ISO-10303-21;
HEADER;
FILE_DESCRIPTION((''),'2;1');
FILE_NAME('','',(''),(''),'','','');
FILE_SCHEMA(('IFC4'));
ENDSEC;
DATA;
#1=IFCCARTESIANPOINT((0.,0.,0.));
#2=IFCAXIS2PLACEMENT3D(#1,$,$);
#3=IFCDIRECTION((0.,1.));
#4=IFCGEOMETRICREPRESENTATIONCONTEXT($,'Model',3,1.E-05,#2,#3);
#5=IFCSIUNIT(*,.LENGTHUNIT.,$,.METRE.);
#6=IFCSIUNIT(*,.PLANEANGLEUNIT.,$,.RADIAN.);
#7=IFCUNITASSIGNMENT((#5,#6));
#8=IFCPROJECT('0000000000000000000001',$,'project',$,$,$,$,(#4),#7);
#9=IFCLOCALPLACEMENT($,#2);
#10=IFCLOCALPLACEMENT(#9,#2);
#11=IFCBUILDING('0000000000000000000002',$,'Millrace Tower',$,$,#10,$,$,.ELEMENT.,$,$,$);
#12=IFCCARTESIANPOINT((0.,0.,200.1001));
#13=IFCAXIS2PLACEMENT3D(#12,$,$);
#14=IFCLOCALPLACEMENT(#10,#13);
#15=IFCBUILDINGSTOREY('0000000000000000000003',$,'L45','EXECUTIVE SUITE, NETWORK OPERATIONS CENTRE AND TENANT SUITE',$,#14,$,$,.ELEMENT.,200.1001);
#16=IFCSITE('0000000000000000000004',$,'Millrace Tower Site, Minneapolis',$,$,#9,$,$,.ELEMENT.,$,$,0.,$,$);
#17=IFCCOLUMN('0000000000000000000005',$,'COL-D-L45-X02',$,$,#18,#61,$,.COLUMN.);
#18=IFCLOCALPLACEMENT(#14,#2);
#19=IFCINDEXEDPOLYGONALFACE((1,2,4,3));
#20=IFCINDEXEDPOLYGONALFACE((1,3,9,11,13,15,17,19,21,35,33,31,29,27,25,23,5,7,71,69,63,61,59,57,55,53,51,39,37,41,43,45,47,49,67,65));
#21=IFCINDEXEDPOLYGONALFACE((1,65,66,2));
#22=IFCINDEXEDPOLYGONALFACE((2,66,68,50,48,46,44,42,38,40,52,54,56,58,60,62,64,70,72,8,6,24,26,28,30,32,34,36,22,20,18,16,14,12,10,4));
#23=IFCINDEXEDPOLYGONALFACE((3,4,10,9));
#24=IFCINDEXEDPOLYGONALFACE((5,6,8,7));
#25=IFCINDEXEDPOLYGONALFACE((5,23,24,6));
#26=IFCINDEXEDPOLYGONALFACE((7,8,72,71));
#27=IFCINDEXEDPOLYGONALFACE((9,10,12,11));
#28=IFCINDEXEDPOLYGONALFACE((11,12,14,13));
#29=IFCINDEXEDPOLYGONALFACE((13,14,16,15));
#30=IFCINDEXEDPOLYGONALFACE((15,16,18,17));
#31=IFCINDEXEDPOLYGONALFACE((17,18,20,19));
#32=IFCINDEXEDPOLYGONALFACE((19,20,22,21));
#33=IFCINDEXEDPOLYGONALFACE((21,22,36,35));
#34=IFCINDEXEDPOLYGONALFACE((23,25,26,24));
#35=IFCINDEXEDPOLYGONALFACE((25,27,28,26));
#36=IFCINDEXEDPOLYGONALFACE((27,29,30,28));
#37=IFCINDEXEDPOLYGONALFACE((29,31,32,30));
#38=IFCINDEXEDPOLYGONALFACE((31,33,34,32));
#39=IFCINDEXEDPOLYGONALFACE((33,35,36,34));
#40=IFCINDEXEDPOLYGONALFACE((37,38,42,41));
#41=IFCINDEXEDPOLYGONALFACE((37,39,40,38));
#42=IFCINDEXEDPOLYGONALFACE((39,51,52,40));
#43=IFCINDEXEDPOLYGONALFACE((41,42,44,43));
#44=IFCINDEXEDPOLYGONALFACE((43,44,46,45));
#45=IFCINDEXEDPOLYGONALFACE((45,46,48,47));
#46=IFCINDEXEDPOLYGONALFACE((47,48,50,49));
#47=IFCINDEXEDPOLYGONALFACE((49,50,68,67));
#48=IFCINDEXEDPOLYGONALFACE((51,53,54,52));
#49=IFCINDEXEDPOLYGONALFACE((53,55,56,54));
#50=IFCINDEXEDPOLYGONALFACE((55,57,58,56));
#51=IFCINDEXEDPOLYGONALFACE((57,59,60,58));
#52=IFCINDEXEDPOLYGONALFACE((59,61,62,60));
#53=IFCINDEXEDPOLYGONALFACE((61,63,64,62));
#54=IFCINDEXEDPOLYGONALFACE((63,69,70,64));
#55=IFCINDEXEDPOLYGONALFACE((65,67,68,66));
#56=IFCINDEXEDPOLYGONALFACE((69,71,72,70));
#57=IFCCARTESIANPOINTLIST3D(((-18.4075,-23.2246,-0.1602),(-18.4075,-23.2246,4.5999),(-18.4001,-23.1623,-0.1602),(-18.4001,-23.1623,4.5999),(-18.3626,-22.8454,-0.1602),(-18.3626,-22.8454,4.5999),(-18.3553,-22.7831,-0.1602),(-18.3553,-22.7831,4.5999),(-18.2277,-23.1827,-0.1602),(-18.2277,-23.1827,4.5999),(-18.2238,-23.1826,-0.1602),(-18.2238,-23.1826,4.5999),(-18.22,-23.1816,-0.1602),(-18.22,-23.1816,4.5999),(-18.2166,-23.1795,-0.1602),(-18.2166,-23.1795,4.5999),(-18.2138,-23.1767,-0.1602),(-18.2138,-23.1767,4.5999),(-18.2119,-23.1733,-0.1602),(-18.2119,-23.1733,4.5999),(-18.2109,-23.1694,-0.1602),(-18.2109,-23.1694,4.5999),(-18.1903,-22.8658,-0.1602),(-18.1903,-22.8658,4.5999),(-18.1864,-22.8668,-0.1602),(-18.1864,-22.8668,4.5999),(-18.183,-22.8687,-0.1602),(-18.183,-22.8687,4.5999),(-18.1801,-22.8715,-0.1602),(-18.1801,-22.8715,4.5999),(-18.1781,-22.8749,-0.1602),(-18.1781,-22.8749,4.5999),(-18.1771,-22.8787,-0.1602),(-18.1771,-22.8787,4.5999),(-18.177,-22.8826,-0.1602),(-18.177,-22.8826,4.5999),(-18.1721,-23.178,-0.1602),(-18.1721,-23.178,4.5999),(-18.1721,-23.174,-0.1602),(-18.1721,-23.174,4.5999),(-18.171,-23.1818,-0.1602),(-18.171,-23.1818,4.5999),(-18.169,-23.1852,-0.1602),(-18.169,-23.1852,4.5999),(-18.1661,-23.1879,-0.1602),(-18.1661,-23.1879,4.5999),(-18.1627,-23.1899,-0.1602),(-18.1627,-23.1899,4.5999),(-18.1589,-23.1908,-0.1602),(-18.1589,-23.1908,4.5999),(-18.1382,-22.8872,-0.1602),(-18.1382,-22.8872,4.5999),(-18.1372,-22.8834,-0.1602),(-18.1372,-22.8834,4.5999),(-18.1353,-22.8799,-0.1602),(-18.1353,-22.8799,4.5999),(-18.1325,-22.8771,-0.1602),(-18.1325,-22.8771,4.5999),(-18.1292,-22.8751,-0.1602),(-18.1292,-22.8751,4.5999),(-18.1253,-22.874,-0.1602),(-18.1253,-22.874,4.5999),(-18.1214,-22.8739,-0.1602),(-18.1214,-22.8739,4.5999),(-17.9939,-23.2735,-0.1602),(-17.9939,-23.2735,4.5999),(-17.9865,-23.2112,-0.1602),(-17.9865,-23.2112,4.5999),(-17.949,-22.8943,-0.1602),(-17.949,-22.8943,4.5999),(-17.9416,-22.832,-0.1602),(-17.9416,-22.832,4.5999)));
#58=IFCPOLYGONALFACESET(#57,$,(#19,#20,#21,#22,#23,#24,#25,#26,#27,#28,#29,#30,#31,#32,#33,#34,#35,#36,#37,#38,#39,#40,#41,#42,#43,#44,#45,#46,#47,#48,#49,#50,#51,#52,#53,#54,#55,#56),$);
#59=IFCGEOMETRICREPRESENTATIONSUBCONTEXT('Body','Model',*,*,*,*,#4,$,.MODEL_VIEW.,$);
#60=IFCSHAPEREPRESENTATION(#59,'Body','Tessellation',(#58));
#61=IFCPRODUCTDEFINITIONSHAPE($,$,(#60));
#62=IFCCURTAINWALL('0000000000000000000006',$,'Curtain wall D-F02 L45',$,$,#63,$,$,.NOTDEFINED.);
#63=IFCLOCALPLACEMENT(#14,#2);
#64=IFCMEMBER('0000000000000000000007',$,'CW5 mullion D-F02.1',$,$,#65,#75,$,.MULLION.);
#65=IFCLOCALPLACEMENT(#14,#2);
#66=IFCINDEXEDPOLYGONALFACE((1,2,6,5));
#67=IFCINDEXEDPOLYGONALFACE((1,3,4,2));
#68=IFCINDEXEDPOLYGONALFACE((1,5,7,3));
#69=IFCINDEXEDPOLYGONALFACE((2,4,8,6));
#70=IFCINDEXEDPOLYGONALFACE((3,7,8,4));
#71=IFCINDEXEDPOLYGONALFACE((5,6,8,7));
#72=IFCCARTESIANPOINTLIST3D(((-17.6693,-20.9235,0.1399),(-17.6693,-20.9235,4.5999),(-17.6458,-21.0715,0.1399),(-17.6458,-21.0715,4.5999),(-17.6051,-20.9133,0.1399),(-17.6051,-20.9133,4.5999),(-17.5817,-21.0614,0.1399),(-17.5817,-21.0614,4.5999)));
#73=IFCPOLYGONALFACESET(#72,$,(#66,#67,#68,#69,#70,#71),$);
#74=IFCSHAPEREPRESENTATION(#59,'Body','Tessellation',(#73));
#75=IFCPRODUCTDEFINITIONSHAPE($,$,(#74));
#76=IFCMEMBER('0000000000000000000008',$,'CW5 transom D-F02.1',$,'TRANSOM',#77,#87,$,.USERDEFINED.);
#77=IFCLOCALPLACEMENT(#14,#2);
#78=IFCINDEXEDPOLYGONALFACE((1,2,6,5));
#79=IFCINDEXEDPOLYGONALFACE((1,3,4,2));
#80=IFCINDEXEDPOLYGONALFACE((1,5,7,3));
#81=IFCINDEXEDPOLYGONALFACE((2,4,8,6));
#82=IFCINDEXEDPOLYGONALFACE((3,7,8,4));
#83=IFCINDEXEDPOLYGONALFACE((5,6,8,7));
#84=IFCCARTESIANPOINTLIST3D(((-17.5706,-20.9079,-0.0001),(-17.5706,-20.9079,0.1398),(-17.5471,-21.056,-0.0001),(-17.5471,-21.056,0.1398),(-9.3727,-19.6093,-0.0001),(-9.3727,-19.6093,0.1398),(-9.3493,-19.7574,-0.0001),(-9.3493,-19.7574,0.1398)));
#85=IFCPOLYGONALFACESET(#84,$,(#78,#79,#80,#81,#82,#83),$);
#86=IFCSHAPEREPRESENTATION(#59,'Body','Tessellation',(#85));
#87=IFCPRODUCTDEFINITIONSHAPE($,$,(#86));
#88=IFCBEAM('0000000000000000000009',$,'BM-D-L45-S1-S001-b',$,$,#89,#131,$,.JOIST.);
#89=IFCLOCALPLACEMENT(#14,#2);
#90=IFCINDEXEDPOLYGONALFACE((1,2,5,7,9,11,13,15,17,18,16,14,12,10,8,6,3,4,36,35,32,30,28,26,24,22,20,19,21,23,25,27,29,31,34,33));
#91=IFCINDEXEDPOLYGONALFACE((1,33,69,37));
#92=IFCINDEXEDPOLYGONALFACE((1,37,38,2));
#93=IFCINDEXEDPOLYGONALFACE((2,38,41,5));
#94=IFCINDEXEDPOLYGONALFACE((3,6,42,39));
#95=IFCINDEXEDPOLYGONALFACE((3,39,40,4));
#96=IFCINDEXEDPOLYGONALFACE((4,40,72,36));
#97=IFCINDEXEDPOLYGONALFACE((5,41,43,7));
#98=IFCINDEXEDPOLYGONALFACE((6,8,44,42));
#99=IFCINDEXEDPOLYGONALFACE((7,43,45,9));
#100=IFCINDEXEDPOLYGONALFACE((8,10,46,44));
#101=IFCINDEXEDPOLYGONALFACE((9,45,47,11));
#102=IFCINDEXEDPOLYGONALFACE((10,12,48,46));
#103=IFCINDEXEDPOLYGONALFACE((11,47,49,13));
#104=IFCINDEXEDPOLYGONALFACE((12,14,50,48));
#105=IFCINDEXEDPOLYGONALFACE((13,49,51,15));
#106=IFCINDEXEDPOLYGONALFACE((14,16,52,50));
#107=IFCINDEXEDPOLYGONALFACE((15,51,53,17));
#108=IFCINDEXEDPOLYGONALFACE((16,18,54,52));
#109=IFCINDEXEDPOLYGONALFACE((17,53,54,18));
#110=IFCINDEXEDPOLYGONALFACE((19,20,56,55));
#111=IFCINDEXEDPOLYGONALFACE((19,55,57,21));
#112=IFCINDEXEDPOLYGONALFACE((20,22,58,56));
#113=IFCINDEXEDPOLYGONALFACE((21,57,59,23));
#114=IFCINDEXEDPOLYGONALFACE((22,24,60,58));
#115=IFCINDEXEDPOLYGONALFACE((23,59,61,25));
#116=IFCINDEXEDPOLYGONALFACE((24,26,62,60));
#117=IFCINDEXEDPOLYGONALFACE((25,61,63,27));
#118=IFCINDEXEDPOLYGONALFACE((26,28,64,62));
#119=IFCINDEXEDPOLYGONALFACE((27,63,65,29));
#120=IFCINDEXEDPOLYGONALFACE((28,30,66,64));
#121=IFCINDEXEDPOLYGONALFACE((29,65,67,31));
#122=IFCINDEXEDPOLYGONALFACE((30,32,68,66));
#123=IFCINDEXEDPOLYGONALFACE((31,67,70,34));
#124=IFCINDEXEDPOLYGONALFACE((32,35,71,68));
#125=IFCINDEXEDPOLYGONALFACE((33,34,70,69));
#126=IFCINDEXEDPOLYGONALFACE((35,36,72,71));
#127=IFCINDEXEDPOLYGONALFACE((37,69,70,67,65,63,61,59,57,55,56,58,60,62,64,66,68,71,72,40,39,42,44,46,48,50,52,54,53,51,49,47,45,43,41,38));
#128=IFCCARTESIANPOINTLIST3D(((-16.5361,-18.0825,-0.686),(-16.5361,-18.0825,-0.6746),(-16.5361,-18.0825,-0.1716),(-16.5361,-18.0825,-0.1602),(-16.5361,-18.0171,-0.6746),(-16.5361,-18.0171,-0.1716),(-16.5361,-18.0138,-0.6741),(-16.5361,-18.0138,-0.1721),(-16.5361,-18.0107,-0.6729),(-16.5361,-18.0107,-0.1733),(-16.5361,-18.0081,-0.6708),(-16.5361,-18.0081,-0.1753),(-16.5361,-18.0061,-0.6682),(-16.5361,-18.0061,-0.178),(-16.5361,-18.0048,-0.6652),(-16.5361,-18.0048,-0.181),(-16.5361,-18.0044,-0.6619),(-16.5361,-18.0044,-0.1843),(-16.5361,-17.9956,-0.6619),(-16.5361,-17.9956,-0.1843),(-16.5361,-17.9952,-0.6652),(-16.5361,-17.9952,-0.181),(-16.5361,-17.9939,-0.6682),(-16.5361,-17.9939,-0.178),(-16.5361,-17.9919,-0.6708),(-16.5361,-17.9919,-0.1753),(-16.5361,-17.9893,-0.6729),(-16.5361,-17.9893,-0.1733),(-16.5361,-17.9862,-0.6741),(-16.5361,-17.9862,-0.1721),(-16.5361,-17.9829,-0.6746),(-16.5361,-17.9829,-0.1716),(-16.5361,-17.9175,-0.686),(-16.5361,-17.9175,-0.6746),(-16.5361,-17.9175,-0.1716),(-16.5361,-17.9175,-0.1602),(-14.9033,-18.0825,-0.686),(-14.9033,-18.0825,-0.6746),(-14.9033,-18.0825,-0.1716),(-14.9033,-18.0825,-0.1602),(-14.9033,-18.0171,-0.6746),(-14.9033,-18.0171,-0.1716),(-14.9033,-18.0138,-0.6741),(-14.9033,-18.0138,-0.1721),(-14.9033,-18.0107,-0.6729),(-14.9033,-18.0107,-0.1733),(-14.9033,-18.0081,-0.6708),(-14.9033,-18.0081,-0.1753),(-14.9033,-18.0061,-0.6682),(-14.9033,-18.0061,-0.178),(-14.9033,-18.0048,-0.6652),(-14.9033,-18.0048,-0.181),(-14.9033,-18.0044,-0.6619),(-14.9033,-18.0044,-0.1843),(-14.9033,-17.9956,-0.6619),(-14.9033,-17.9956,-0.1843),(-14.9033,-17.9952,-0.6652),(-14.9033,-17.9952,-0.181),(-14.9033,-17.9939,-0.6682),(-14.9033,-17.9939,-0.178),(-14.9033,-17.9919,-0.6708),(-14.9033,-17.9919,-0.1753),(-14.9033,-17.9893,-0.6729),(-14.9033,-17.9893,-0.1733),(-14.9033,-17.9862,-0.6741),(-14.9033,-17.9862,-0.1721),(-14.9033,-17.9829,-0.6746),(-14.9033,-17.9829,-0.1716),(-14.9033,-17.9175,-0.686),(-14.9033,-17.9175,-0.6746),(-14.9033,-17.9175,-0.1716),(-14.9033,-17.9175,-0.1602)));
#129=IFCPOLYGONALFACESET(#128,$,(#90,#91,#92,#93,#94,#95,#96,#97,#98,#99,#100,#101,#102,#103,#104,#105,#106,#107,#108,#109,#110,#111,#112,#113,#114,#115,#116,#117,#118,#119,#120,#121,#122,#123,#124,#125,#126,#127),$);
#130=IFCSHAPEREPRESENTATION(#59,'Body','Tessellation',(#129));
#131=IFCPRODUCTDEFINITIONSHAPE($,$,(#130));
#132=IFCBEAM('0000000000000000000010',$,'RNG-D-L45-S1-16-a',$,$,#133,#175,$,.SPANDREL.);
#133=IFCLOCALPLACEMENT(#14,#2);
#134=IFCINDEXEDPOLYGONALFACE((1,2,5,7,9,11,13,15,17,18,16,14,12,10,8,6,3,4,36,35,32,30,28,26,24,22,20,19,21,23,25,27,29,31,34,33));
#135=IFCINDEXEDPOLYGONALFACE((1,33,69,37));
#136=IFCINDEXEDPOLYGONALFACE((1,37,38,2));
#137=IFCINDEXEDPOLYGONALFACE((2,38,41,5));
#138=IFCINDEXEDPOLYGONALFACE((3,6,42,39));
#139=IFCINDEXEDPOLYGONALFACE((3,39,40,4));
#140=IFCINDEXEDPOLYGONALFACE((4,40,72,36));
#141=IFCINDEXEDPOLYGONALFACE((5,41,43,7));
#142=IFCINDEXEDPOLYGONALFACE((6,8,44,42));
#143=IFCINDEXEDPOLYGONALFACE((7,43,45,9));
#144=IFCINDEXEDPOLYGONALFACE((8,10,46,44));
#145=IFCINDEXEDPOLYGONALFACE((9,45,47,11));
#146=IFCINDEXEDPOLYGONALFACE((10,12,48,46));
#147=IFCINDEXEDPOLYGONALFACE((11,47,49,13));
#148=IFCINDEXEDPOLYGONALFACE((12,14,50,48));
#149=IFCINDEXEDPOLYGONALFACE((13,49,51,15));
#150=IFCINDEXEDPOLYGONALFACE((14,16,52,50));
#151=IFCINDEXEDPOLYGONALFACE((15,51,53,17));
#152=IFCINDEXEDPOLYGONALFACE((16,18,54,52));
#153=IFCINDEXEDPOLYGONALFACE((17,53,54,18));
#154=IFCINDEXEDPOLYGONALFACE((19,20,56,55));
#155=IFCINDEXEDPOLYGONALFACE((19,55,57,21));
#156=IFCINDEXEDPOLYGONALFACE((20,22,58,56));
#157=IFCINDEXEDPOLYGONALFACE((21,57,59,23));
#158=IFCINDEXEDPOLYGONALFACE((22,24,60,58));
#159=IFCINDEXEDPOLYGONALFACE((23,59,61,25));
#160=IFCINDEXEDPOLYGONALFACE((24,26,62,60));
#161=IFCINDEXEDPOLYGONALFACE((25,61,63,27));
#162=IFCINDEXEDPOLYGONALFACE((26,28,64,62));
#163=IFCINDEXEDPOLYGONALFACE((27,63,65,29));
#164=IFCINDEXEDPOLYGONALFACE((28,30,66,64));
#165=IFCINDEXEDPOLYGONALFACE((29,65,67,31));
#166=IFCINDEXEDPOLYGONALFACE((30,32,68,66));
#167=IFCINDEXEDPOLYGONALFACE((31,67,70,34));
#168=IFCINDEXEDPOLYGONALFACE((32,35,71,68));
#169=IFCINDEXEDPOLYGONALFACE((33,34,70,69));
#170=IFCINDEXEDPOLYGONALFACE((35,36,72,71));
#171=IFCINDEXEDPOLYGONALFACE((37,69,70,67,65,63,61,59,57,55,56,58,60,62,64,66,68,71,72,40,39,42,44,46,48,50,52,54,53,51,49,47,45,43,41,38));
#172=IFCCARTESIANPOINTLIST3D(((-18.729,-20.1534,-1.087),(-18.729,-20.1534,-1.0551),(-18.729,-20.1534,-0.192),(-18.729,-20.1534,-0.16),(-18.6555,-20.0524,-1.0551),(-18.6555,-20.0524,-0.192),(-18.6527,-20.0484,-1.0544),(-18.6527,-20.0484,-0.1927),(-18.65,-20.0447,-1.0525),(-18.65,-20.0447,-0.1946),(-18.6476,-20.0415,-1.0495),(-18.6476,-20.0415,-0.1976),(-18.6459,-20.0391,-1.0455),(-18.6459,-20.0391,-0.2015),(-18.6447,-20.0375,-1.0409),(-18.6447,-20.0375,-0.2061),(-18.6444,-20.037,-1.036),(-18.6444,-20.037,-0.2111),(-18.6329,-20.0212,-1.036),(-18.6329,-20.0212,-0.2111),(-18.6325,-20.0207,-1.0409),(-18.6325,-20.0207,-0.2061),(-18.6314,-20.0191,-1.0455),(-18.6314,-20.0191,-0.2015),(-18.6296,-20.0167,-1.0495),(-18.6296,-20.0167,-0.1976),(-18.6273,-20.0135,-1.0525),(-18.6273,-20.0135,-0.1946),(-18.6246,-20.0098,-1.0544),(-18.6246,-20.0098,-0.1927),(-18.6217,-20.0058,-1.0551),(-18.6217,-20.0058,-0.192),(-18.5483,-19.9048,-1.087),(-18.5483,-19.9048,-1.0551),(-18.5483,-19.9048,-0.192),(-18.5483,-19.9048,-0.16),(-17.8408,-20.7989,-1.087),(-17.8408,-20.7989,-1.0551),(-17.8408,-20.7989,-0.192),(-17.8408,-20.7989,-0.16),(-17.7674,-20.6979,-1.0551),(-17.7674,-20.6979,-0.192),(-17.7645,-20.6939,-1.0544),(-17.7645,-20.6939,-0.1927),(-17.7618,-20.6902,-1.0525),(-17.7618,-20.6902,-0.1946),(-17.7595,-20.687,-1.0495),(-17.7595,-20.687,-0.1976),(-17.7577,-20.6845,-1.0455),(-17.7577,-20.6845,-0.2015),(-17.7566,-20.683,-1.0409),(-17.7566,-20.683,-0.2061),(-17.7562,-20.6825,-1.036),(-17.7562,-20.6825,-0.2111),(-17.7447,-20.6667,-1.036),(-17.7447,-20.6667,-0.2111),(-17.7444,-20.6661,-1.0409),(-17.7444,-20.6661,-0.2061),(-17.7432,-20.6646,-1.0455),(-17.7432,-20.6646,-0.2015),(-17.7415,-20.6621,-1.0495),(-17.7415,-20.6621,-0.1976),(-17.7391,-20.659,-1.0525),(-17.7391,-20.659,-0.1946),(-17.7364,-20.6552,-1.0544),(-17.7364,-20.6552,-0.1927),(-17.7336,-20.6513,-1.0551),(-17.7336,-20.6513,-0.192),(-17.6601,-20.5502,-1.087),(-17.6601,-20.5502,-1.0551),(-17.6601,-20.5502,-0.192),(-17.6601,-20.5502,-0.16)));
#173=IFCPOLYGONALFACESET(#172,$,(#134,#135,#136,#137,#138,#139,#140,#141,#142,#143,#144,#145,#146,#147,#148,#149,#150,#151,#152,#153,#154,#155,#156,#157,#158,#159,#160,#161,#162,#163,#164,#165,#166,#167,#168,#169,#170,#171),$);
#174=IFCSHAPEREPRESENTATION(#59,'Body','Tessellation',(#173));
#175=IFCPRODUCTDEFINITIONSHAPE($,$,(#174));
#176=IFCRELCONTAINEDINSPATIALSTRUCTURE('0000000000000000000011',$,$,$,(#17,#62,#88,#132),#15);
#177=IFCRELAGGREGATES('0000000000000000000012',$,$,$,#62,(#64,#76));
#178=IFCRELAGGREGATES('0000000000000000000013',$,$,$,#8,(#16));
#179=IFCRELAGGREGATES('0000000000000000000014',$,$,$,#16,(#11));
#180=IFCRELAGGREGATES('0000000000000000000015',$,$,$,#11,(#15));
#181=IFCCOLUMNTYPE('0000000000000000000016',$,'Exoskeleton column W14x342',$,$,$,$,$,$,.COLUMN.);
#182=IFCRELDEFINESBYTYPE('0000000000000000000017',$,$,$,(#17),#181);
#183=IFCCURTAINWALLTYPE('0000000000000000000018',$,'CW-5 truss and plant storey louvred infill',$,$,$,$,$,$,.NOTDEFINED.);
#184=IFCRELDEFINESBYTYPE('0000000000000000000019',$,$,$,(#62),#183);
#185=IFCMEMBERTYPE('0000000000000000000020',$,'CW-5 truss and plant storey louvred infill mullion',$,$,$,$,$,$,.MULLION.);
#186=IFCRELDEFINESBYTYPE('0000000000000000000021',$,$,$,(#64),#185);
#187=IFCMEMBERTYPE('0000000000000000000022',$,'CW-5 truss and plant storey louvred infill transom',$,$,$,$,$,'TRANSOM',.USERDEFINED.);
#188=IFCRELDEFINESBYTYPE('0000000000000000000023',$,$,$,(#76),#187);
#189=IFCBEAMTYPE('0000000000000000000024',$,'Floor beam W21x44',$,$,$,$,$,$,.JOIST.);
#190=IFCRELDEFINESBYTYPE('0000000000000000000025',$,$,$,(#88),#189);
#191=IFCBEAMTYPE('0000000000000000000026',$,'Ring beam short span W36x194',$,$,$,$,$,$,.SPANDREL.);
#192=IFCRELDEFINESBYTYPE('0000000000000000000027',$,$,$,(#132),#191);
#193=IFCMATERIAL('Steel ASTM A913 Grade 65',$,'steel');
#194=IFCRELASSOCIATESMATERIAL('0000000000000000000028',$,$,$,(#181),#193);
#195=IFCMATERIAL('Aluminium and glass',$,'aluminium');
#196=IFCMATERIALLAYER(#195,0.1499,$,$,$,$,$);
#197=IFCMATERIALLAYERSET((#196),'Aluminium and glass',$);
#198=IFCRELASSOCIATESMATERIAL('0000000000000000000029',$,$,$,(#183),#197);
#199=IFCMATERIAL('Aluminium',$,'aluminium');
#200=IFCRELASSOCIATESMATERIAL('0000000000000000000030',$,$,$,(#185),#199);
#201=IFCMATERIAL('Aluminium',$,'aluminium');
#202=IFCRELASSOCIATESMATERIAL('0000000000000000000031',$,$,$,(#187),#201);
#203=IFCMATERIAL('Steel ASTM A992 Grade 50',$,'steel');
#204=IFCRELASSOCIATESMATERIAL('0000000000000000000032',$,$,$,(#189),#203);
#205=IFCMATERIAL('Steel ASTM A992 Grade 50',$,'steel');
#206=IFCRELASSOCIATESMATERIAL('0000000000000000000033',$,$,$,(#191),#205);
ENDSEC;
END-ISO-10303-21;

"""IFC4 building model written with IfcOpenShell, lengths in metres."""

from ifc_helpers import new_model, si_unit, direction, frame, origin, origin_2d, place, context, subcontext, project, spatial, rectangle, i_section, extrude, material, layer, layer_set, material_profile, profile_set, type_object, element, aggregate, save


model = new_model("IFC4")

# Units and contexts
model_context = context("Model", 3, precision=1e-05, world=origin(), true_north=direction((0.0, 1.0)))
body_context = subcontext(model_context, "Body", "Model", "MODEL_VIEW")
ifc_project = project(units=[si_unit("LENGTHUNIT", "METRE"), si_unit("PLANEANGLEUNIT", "RADIAN")], contexts=[model_context])

# Site, building, storey
site_placement = place(None, origin())
site = spatial("IfcSite", under=ifc_project, at=site_placement, Name="Millrace Tower Site, Minneapolis", CompositionType="ELEMENT", RefElevation=0.0)
building_placement = place(site_placement, origin())
building = spatial("IfcBuilding", under=site, at=building_placement, Name="Millrace Tower", CompositionType="ELEMENT")
storey_placement = place(building_placement, frame((0.0, 0.0, 200.1001)))
storey = spatial("IfcBuildingStorey", under=building, at=storey_placement, Name="L45", Description="EXECUTIVE SUITE, NETWORK OPERATIONS CENTRE AND TENANT SUITE", CompositionType="ELEMENT", Elevation=200.1001)

# Column
ifc_material_1 = material(Name="Steel ASTM A913 Grade 65", Category="steel")
ifc_material_profile_1 = material_profile(ifc_material_1, i_section(OverallWidth=0.4165, OverallDepth=0.4446, WebThickness=0.0391, FlangeThickness=0.0627, FilletRadius=0.0151, at=origin_2d()))
ifc_profile_set_1 = profile_set([ifc_material_profile_1], Name="Steel ASTM A913 Grade 65")
column_type = type_object("IfcColumnType", Name="Exoskeleton column W14x342", PredefinedType="COLUMN", material=ifc_profile_set_1)
column_placement = place(storey_placement, frame((-18.1746, -23.0283, -0.1602), z_axis=(0.0, 0.0, 1.0), x_axis=(0.993082, -0.117421, 0.0)))
element("IfcColumn", 1, at=column_placement, inside=storey, type_object=column_type, Name="COL-D-L45-X02", PredefinedType="COLUMN", context=body_context, shape_type="SweptSolid", body=[
    extrude(i_section(OverallWidth=0.4165, OverallDepth=0.4446, WebThickness=0.0391, FlangeThickness=0.0627, FilletRadius=0.0151, at=origin_2d()), origin(), (0.0, 0.0, 1.0), 4.76),
])

# Curtain wall, members
ifc_material_2 = material(Name="Aluminium and glass", Category="aluminium")
ifc_layer_1 = layer(ifc_material_2, 0.1499)
ifc_layer_set_1 = layer_set([ifc_layer_1], Name="Aluminium and glass")
curtain_wall_type = type_object("IfcCurtainWallType", Name="CW-5 truss and plant storey louvred infill", PredefinedType="NOTDEFINED", material=ifc_layer_set_1)
curtain_wall_placement = place(storey_placement, origin())
curtain_wall = element("IfcCurtainWall", 2, at=curtain_wall_placement, inside=storey, type_object=curtain_wall_type, Name="Curtain wall D-F02 L45", PredefinedType="NOTDEFINED")
ifc_material_3 = material(Name="Aluminium", Category="aluminium")
ifc_material_profile_2 = material_profile(ifc_material_3, rectangle(XDim=0.0649, YDim=0.1499, at=origin_2d()))
ifc_profile_set_2 = profile_set([ifc_material_profile_2], Name="Aluminium")
member_type_1 = type_object("IfcMemberType", Name="CW-5 truss and plant storey louvred infill mullion", PredefinedType="MULLION", material=ifc_profile_set_2)
member_1_placement = place(storey_placement, frame((-17.6255, -20.9924, 0.1399), z_axis=(0.0, 0.0, 1.0), x_axis=(0.987688, 0.156434, 0.0)))
member_1 = element("IfcMember", 3, at=member_1_placement, type_object=member_type_1, Name="CW5 mullion D-F02.1", PredefinedType="MULLION", context=body_context, shape_type="SweptSolid", body=[
    extrude(rectangle(XDim=0.0649, YDim=0.1499, at=origin_2d()), origin(), (0.0, 0.0, 1.0), 4.46),
])
ifc_material_4 = material(Name="Aluminium", Category="aluminium")
ifc_material_profile_3 = material_profile(ifc_material_4, rectangle(XDim=0.1499, YDim=0.1399, at=origin_2d()))
ifc_profile_set_3 = profile_set([ifc_material_profile_3], Name="Aluminium")
member_type_2 = type_object("IfcMemberType", Name="CW-5 truss and plant storey louvred infill transom", ElementType="TRANSOM", PredefinedType="USERDEFINED", material=ifc_profile_set_3)
member_2_placement = place(storey_placement, frame((-17.5588, -20.9819, 0.0698), z_axis=(0.987685, 0.156456, 0.0), x_axis=(-0.156456, 0.987685, 0.0)))
member_2 = element("IfcMember", 4, at=member_2_placement, type_object=member_type_2, Name="CW5 transom D-F02.1", ObjectType="TRANSOM", PredefinedType="USERDEFINED", context=body_context, shape_type="SweptSolid", body=[
    extrude(rectangle(XDim=0.1499, YDim=0.1399, at=origin_2d()), origin(), (0.0, 0.0, 1.0), 8.3),
])
aggregate(curtain_wall, [member_1, member_2])

# Beams
ifc_material_5 = material(Name="Steel ASTM A992 Grade 50", Category="steel")
ifc_material_profile_4 = material_profile(ifc_material_5, i_section(OverallWidth=0.165, OverallDepth=0.5259, WebThickness=0.0088, FlangeThickness=0.0115, FilletRadius=0.0127, at=origin_2d()))
ifc_profile_set_4 = profile_set([ifc_material_profile_4], Name="Steel ASTM A992 Grade 50")
beam_type_1 = type_object("IfcBeamType", Name="Floor beam W21x44", PredefinedType="JOIST", material=ifc_profile_set_4)
beam_1_placement = place(storey_placement, frame((-16.5361, -18.0, -0.4231), z_axis=(1.0, 0.0, 0.0), x_axis=(0.0, 1.0, 0.0)))
element("IfcBeam", 5, at=beam_1_placement, inside=storey, type_object=beam_type_1, Name="BM-D-L45-S1-S001-b", PredefinedType="JOIST", context=body_context, shape_type="SweptSolid", body=[
    extrude(i_section(OverallWidth=0.165, OverallDepth=0.5259, WebThickness=0.0088, FlangeThickness=0.0115, FilletRadius=0.0127, at=origin_2d()), origin(), (0.0, 0.0, 1.0), 1.6328),
])
ifc_material_6 = material(Name="Steel ASTM A992 Grade 50", Category="steel")
ifc_material_profile_5 = material_profile(ifc_material_6, i_section(OverallWidth=0.3074, OverallDepth=0.927, WebThickness=0.0195, FlangeThickness=0.032, FilletRadius=0.019, at=origin_2d()))
ifc_profile_set_5 = profile_set([ifc_material_profile_5], Name="Steel ASTM A992 Grade 50")
beam_type_2 = type_object("IfcBeamType", Name="Ring beam short span W36x194", PredefinedType="SPANDREL", material=ifc_profile_set_5)
beam_2_placement = place(storey_placement, frame((-17.7505, -20.6746, -0.6235), z_axis=(-0.808928, 0.587907, 0.0), x_axis=(-0.587907, -0.808928, 0.0)))
element("IfcBeam", 6, at=beam_2_placement, inside=storey, type_object=beam_type_2, Name="RNG-D-L45-S1-16-a", PredefinedType="SPANDREL", context=body_context, shape_type="SweptSolid", body=[
    extrude(i_section(OverallWidth=0.3074, OverallDepth=0.927, WebThickness=0.0195, FlangeThickness=0.032, FilletRadius=0.019, at=origin_2d()), origin(), (0.0, 0.0, 1.0), 1.0979),
])

save(model, "model.ifc")
